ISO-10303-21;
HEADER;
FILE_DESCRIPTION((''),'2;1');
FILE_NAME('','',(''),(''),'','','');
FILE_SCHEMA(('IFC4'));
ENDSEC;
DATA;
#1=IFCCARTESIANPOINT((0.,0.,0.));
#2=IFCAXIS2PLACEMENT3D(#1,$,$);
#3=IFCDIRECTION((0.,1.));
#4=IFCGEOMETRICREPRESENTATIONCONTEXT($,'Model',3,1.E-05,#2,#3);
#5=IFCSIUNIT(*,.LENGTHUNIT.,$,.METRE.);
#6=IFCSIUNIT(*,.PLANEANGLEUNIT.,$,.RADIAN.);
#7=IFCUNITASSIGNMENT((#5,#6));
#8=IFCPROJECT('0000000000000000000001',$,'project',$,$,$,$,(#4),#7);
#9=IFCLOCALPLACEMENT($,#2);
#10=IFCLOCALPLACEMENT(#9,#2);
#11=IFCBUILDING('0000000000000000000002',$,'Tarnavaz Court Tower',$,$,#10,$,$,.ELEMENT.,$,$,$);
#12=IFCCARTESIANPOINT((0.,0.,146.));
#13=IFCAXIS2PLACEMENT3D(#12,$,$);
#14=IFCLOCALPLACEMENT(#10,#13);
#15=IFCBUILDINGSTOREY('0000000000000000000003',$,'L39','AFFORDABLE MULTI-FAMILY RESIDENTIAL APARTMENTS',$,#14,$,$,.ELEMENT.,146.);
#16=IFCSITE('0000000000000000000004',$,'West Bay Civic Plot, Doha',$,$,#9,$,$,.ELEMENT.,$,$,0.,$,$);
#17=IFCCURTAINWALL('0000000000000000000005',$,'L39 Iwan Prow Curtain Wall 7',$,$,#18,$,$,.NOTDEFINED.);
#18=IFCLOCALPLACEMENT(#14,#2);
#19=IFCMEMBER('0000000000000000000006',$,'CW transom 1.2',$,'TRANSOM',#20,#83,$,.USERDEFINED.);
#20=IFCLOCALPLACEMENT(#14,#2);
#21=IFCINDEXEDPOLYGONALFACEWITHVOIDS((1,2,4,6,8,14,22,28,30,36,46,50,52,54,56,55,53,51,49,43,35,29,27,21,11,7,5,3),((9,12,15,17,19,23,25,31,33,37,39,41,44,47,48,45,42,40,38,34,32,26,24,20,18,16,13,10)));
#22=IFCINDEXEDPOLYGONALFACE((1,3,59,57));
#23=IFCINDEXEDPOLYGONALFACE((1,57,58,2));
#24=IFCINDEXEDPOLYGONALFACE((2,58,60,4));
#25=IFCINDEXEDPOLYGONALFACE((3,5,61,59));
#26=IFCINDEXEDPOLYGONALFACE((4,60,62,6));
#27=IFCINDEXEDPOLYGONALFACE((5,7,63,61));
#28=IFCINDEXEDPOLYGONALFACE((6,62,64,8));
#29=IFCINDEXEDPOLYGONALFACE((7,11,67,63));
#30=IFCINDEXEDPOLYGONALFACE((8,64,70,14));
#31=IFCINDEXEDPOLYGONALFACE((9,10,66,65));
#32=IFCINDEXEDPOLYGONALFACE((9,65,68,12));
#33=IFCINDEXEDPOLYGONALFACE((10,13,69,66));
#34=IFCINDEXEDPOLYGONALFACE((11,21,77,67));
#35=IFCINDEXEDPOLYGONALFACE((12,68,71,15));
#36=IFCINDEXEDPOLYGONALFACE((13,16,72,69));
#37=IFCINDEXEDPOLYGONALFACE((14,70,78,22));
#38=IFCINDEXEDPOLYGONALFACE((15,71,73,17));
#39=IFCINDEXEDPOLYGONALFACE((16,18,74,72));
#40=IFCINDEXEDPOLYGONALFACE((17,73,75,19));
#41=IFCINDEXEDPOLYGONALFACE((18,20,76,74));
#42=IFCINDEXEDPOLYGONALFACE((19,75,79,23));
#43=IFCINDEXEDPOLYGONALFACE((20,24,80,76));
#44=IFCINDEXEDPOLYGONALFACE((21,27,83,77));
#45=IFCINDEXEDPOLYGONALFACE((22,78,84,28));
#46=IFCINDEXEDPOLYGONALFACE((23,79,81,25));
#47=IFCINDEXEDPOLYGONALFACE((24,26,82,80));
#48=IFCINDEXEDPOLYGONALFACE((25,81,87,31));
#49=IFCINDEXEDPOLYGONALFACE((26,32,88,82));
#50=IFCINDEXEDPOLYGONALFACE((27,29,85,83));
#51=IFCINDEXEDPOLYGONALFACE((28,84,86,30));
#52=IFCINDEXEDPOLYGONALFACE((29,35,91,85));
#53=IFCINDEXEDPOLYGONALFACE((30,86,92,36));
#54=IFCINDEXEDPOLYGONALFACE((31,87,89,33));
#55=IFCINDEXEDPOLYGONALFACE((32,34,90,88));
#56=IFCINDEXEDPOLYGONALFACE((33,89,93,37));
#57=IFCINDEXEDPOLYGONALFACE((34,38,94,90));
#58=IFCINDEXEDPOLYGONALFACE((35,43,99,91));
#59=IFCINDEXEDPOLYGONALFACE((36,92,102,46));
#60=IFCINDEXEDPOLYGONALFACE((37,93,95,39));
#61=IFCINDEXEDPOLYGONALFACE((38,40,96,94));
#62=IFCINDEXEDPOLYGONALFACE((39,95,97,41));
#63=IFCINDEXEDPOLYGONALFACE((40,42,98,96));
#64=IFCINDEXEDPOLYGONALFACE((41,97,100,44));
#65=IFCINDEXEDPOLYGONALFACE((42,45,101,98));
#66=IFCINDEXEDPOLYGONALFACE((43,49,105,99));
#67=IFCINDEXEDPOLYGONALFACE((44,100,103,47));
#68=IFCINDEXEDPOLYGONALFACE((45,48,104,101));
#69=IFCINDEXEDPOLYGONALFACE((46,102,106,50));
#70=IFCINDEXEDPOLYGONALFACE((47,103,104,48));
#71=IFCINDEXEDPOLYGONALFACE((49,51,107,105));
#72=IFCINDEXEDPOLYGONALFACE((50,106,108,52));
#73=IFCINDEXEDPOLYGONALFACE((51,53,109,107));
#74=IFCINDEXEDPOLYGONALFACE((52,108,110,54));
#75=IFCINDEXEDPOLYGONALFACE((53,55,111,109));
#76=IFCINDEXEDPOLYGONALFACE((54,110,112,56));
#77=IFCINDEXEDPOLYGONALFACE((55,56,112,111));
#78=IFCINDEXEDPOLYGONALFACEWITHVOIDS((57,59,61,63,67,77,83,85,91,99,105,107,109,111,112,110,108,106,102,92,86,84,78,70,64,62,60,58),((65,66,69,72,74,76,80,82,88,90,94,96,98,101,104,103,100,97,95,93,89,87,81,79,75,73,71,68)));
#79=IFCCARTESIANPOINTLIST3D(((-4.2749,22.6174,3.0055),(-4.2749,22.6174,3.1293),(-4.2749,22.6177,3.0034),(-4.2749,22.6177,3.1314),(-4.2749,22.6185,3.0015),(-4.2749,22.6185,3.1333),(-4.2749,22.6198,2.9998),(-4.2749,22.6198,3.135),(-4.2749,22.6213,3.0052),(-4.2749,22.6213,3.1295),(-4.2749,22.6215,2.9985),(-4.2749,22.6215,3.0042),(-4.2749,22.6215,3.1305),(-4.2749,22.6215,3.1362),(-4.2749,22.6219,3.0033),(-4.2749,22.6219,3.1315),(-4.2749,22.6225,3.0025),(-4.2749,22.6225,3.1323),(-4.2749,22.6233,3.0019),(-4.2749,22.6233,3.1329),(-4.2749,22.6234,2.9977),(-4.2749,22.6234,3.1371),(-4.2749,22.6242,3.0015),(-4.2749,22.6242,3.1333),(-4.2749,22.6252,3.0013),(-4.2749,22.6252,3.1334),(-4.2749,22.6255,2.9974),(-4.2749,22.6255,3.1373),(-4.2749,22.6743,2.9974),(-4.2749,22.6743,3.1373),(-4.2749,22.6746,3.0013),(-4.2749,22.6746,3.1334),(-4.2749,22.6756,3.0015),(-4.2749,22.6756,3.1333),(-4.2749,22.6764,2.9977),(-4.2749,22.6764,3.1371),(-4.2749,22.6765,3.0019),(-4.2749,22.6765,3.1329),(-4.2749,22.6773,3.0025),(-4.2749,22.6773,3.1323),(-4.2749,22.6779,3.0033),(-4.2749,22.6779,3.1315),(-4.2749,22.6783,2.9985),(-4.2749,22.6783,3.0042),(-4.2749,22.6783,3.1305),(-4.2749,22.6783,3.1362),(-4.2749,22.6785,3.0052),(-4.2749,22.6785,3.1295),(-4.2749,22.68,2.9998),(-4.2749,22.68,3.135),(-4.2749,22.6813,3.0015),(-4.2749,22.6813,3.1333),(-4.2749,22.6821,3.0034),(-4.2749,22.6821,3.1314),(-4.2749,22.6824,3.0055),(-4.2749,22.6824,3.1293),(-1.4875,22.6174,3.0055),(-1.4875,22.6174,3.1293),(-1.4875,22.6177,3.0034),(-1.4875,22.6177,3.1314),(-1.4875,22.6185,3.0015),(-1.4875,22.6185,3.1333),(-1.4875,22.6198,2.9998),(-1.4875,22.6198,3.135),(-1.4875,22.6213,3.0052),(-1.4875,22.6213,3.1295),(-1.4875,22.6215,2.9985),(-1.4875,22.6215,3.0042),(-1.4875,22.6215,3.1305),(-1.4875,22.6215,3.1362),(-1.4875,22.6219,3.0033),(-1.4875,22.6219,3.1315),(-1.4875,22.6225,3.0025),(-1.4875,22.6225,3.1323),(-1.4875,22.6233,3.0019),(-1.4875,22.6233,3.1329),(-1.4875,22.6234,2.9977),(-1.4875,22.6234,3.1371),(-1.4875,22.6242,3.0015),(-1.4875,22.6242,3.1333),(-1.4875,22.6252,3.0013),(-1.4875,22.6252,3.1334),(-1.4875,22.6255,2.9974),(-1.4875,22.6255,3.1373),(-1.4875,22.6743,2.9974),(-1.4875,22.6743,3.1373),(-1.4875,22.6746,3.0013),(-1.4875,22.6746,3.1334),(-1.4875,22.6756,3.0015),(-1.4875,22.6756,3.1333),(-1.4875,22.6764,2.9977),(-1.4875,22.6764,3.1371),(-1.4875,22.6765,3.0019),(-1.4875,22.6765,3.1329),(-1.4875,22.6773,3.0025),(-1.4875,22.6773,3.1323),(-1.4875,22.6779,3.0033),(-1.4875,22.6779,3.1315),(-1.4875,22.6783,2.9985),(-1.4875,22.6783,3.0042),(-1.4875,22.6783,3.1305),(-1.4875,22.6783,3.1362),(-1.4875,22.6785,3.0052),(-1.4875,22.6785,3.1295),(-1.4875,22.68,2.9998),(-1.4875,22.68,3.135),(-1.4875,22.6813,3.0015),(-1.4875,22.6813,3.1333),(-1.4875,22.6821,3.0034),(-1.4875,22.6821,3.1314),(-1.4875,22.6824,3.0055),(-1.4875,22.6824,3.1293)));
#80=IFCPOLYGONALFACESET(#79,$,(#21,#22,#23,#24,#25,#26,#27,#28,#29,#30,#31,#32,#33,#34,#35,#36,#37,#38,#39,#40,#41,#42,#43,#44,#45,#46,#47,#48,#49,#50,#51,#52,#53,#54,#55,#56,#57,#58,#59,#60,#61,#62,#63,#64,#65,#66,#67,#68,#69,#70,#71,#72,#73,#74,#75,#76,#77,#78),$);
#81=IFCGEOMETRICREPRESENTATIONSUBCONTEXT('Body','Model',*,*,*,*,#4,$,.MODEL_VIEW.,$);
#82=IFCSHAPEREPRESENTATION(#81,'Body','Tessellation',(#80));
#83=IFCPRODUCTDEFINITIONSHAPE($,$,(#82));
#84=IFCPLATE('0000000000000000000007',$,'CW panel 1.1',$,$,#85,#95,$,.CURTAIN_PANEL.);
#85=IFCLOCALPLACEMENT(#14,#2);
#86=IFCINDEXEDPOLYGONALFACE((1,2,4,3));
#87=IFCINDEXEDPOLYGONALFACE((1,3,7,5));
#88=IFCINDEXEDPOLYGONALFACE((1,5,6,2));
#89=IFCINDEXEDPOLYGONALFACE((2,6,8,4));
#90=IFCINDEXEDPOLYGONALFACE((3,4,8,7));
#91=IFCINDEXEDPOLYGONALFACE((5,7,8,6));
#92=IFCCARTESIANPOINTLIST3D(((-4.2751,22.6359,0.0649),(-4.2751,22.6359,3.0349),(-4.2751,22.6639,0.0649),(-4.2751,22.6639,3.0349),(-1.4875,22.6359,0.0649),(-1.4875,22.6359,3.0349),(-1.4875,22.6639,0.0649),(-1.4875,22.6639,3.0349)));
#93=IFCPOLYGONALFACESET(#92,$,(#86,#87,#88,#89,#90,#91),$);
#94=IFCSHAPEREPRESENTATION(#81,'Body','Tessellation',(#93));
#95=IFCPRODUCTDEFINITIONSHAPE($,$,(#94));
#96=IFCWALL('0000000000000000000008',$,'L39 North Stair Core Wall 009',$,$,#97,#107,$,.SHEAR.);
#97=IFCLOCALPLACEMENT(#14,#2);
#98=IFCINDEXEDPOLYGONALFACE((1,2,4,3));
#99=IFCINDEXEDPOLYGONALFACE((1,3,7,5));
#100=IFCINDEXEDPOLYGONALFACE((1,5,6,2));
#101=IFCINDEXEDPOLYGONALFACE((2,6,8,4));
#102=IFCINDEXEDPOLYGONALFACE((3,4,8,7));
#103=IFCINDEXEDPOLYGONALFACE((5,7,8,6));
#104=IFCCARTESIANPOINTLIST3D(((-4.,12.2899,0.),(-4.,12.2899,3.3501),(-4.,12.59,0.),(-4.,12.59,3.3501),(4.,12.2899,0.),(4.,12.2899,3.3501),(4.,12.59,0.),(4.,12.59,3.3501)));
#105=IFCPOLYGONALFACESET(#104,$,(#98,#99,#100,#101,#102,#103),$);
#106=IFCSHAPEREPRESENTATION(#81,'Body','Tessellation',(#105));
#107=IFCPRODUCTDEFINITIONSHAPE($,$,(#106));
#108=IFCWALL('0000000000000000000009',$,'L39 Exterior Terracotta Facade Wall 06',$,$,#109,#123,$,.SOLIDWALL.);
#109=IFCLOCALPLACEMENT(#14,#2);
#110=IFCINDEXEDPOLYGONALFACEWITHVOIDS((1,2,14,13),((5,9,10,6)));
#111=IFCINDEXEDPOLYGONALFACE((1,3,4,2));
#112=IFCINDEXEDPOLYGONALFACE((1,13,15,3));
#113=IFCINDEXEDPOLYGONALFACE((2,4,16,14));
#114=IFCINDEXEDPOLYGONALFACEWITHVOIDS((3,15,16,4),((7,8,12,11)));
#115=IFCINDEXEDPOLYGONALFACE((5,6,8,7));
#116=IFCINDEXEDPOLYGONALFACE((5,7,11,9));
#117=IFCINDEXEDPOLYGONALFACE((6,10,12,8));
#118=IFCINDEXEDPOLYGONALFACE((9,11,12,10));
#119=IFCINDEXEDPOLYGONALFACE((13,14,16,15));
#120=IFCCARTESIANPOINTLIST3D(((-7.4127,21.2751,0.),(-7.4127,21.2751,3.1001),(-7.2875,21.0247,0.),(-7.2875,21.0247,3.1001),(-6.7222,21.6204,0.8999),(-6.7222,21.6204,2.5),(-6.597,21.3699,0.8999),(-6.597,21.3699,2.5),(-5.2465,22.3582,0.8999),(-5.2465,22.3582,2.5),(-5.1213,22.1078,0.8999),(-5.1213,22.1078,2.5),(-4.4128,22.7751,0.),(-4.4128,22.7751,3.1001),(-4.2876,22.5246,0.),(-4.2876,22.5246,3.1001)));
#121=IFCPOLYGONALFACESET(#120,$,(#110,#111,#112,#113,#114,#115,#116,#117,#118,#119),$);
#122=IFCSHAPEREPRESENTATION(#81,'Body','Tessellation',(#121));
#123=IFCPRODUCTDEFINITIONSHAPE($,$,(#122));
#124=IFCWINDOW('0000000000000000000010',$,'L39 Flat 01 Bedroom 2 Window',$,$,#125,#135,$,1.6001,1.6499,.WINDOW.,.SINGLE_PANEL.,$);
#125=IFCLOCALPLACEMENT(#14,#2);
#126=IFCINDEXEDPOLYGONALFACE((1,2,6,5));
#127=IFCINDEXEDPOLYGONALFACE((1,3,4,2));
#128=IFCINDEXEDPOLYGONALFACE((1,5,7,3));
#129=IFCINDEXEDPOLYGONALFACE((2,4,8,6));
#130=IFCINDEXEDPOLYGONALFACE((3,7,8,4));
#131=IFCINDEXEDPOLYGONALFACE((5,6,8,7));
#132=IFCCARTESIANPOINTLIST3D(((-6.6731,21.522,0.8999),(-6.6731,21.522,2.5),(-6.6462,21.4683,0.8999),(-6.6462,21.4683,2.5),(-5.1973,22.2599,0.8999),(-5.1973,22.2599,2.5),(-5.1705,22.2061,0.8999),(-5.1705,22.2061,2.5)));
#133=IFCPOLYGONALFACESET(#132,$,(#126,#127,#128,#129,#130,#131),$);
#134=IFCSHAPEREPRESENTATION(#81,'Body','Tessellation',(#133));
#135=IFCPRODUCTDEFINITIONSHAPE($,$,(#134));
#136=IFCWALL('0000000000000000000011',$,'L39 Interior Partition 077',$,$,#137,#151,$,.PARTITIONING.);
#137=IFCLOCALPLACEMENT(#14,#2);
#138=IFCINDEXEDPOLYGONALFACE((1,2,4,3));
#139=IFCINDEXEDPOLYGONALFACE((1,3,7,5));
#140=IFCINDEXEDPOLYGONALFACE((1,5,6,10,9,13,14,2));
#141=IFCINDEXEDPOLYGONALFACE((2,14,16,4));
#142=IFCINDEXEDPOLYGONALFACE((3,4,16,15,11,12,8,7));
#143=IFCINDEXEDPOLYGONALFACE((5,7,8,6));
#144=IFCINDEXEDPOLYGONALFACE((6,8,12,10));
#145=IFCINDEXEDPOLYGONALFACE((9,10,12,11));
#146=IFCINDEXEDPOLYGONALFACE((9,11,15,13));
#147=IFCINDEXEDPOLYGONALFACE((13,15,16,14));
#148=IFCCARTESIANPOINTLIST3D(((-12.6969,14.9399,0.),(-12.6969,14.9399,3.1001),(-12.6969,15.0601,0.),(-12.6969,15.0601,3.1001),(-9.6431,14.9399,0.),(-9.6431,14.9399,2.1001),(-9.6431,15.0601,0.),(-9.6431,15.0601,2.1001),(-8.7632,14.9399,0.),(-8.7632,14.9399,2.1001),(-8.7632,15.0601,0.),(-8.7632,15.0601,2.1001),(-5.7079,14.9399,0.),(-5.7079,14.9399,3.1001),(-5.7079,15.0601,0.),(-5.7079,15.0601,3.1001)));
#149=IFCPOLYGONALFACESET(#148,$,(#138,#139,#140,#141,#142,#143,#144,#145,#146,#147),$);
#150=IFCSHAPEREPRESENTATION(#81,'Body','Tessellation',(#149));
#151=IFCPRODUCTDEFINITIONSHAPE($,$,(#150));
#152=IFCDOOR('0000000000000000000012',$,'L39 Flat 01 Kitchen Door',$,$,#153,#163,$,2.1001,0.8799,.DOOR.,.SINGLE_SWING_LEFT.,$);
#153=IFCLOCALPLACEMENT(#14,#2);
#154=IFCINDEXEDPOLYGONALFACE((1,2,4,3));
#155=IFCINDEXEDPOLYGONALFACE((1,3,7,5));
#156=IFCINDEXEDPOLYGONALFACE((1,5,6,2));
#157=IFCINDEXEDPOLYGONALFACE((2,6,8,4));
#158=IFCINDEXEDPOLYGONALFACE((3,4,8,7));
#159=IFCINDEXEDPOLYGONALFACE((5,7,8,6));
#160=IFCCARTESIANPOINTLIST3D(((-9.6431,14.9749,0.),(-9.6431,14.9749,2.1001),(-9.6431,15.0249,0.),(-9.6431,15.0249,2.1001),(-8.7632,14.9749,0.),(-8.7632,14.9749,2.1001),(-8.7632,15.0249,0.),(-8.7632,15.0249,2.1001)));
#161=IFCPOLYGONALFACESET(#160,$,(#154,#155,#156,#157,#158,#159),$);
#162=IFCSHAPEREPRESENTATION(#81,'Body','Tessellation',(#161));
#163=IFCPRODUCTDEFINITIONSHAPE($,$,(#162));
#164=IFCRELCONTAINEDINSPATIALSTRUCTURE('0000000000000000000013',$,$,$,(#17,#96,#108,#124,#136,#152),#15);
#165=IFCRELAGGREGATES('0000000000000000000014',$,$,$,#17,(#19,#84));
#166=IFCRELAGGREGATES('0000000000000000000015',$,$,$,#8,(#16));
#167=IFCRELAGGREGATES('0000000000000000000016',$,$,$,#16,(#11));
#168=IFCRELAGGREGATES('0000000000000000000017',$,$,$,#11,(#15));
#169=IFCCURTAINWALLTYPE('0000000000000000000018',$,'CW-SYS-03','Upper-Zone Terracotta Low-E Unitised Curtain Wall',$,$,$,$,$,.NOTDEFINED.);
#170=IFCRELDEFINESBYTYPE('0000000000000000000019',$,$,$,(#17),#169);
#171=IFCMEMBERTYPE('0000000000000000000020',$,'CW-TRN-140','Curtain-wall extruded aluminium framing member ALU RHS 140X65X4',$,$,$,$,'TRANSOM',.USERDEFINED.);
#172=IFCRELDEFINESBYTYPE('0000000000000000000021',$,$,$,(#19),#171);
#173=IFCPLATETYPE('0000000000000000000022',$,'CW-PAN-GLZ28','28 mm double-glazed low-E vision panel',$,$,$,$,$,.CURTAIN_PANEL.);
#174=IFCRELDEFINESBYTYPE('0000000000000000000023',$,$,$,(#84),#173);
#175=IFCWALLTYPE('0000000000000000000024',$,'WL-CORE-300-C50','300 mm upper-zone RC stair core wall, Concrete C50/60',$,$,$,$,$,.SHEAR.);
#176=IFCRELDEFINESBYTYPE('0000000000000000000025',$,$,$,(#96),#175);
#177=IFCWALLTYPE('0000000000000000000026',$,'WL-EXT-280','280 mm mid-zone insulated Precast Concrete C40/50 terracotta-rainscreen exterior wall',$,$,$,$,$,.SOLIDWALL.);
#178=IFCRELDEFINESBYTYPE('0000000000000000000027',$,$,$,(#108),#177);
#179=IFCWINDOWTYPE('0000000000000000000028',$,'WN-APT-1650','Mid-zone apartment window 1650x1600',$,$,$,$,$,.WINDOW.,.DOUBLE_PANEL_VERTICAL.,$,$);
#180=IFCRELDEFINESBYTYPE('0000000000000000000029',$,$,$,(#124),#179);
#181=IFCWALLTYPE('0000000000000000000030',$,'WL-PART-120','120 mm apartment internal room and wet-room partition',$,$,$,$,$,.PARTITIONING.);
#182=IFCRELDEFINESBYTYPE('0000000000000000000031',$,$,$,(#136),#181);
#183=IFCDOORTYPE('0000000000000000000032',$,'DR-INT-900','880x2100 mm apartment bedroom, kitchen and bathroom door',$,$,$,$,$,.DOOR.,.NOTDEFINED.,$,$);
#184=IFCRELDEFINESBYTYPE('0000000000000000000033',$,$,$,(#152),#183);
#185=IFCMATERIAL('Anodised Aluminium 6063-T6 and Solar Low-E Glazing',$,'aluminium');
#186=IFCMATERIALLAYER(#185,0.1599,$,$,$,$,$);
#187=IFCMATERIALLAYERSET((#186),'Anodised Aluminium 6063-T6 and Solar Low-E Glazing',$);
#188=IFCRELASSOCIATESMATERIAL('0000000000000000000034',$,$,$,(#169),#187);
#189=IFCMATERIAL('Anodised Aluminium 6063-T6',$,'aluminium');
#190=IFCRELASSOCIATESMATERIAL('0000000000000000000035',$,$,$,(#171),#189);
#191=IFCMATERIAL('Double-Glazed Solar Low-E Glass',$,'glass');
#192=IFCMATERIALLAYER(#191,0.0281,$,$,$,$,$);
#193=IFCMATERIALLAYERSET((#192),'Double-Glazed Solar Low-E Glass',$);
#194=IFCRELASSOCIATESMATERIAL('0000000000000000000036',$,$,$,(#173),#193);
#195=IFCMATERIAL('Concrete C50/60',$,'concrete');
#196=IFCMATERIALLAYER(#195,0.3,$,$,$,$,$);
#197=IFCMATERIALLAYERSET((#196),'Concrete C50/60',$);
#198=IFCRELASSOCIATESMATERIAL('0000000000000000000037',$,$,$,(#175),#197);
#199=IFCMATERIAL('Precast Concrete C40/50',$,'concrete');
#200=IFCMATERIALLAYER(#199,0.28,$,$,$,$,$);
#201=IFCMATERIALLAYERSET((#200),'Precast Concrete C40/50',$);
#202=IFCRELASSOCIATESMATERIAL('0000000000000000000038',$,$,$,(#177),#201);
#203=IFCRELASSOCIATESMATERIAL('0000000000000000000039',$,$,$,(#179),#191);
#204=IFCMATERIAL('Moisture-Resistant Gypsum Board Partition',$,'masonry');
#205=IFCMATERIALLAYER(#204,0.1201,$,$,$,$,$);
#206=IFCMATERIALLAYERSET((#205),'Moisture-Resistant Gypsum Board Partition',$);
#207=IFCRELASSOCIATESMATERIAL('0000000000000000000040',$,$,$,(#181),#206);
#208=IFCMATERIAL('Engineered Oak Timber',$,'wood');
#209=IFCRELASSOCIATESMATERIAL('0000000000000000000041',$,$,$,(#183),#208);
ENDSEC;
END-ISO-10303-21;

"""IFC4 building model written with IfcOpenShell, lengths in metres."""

from ifc_helpers import new_model, si_unit, direction, frame, frame_2d, origin, origin_2d, place, context, subcontext, project, spatial, rectangle, hollow_rectangle, extrude, material, layer, layer_set, material_profile, profile_set, type_object, element, fill, aggregate, save


model = new_model("IFC4")

# Units and contexts
model_context = context("Model", 3, precision=1e-05, world=origin(), true_north=direction((0.0, 1.0)))
body_context = subcontext(model_context, "Body", "Model", "MODEL_VIEW")
ifc_project = project(units=[si_unit("LENGTHUNIT", "METRE"), si_unit("PLANEANGLEUNIT", "RADIAN")], contexts=[model_context])

# Site, building, storey
site_placement = place(None, origin())
site = spatial("IfcSite", under=ifc_project, at=site_placement, Name="West Bay Civic Plot, Doha", CompositionType="ELEMENT", RefElevation=0.0)
building_placement = place(site_placement, origin())
building = spatial("IfcBuilding", under=site, at=building_placement, Name="Tarnavaz Court Tower", CompositionType="ELEMENT")
storey_placement = place(building_placement, frame((0.0, 0.0, 146.0)))
storey = spatial("IfcBuildingStorey", under=building, at=storey_placement, Name="L39", Description="AFFORDABLE MULTI-FAMILY RESIDENTIAL APARTMENTS", CompositionType="ELEMENT", Elevation=146.0)

# Shared definitions
ifc_material_1 = material(Name="Concrete C50/60", Category="concrete")

# Curtain wall, member, plate
ifc_material_2 = material(Name="Anodised Aluminium 6063-T6 and Solar Low-E Glazing", Category="aluminium")
ifc_layer_1 = layer(ifc_material_2, 0.1599)
ifc_layer_set_1 = layer_set([ifc_layer_1], Name="Anodised Aluminium 6063-T6 and Solar Low-E Glazing")
curtain_wall_type = type_object("IfcCurtainWallType", Name="CW-SYS-03", Description="Upper-Zone Terracotta Low-E Unitised Curtain Wall", PredefinedType="NOTDEFINED", material=ifc_layer_set_1)
curtain_wall_placement = place(storey_placement, origin())
curtain_wall = element("IfcCurtainWall", 1, at=curtain_wall_placement, inside=storey, type_object=curtain_wall_type, Name="L39 Iwan Prow Curtain Wall 7", PredefinedType="NOTDEFINED")
ifc_material_3 = material(Name="Anodised Aluminium 6063-T6", Category="aluminium")
ifc_material_profile_1 = material_profile(ifc_material_3, hollow_rectangle(XDim=0.0649, YDim=0.1399, WallThickness=0.0039, InnerFilletRadius=0.0039, OuterFilletRadius=0.0081, at=origin_2d()), Name="ALU RHS 140X65X4")
ifc_profile_set_1 = profile_set([ifc_material_profile_1], Name="Anodised Aluminium 6063-T6")
member_type_1 = type_object("IfcMemberType", Name="CW-TRN-140", Description="Curtain-wall extruded aluminium framing member ALU RHS 140X65X4", ElementType="TRANSOM", PredefinedType="USERDEFINED", material=ifc_profile_set_1)
member_1_placement = place(storey_placement, frame((-4.2749, 22.6499, 3.0674), z_axis=(1.0, 0.0, 0.0), x_axis=(0.0, 1.0, 0.0)))
member_1 = element("IfcMember", 2, at=member_1_placement, type_object=member_type_1, Name="CW transom 1.2", ObjectType="TRANSOM", PredefinedType="USERDEFINED", context=body_context, shape_type="SweptSolid", body=[
    extrude(hollow_rectangle(XDim=0.0649, YDim=0.1399, WallThickness=0.0039, InnerFilletRadius=0.0039, OuterFilletRadius=0.0081, at=origin_2d()), origin(), (0.0, 0.0, 1.0), 2.7874),
])
ifc_material_4 = material(Name="Double-Glazed Solar Low-E Glass", Category="glass")
ifc_layer_2 = layer(ifc_material_4, 0.0281)
ifc_layer_set_2 = layer_set([ifc_layer_2], Name="Double-Glazed Solar Low-E Glass")
plate_type = type_object("IfcPlateType", Name="CW-PAN-GLZ28", Description="28 mm double-glazed low-E vision panel", PredefinedType="CURTAIN_PANEL", material=ifc_layer_set_2)
plate_placement = place(storey_placement, frame((-2.8813, 22.6499, 0.0649), z_axis=(0.0, 0.0, 1.0), x_axis=(1.0, 0.0, 0.0)))
plate = element("IfcPlate", 3, at=plate_placement, type_object=plate_type, Name="CW panel 1.1", PredefinedType="CURTAIN_PANEL", context=body_context, shape_type="SweptSolid", body=[
    extrude(rectangle(XDim=2.7876, YDim=0.0281, at=origin_2d()), origin(), (0.0, 0.0, 1.0), 2.97),
])
aggregate(curtain_wall, [member_1, plate])

# Wall
ifc_layer_3 = layer(ifc_material_1, 0.3)
ifc_layer_set_3 = layer_set([ifc_layer_3], Name="Concrete C50/60")
wall_type_1 = type_object("IfcWallType", Name="WL-CORE-300-C50", Description="300 mm upper-zone RC stair core wall, Concrete C50/60", PredefinedType="SHEAR", material=ifc_layer_set_3)
wall_1_placement = place(storey_placement, frame((-4.0, 12.4399, 0.0), z_axis=(0.0, 0.0, 1.0), x_axis=(1.0, 0.0, 0.0)))
element("IfcWall", 4, at=wall_1_placement, inside=storey, type_object=wall_type_1, Name="L39 North Stair Core Wall 009", PredefinedType="SHEAR", context=body_context, shape_type="SweptSolid", body=[
    extrude(rectangle(XDim=8.0, YDim=0.3, at=frame_2d((4.0, 0.0))), origin(), (0.0, 0.0, 1.0), 3.3501),
])

# Wall, opening, window
ifc_material_5 = material(Name="Precast Concrete C40/50", Category="concrete")
ifc_layer_4 = layer(ifc_material_5, 0.28)
ifc_layer_set_4 = layer_set([ifc_layer_4], Name="Precast Concrete C40/50")
wall_type_2 = type_object("IfcWallType", Name="WL-EXT-280", Description="280 mm mid-zone insulated Precast Concrete C40/50 terracotta-rainscreen exterior wall", PredefinedType="SOLIDWALL", material=ifc_layer_set_4)
wall_2_placement = place(storey_placement, frame((-7.3501, 21.1499, 0.0), z_axis=(0.0, 0.0, 1.0), x_axis=(0.894427, 0.447214, 0.0)))
wall_2 = element("IfcWall", 5, at=wall_2_placement, inside=storey, type_object=wall_type_2, Name="L39 Exterior Terracotta Facade Wall 06", PredefinedType="SOLIDWALL", context=body_context, shape_type="SweptSolid", body=[
    extrude(rectangle(XDim=3.354, YDim=0.28, at=frame_2d((1.677, 0.0))), origin(), (0.0, 0.0, 1.0), 3.1001),
])
opening_1_placement = place(wall_2_placement, frame((0.772, 0.0, 0.8999)))
opening_1 = element("IfcOpeningElement", 6, at=opening_1_placement, cuts=wall_2, PredefinedType="OPENING", context=body_context, shape_type="SweptSolid", body=[
    extrude(rectangle(XDim=1.6499, YDim=1.6001, at=frame_2d((0.825, 0.8))), frame((0.0, 0.1499, 0.0), z_axis=(0.0, -1.0, 0.0), x_axis=(1.0, 0.0, 0.0)), (0.0, 0.0, 1.0), 0.3),
])
window_type = type_object("IfcWindowType", Name="WN-APT-1650", Description="Mid-zone apartment window 1650x1600", PartitioningType="DOUBLE_PANEL_VERTICAL", PredefinedType="WINDOW", material=ifc_material_4)
window_placement = place(opening_1_placement, origin())
window = element("IfcWindow", 7, at=window_placement, inside=storey, type_object=window_type, Name="L39 Flat 01 Bedroom 2 Window", OverallHeight=1.6001, OverallWidth=1.6499, PartitioningType="SINGLE_PANEL", PredefinedType="WINDOW", context=body_context, shape_type="SweptSolid", body=[
    extrude(rectangle(XDim=1.6499, YDim=1.6001, at=frame_2d((0.825, 0.8))), frame((0.0, 0.03, 0.0), z_axis=(0.0, -1.0, 0.0), x_axis=(1.0, 0.0, 0.0)), (0.0, 0.0, 1.0), 0.0601),
])
fill(opening_1, window)

# Wall, opening, door
ifc_material_6 = material(Name="Moisture-Resistant Gypsum Board Partition", Category="masonry")
ifc_layer_5 = layer(ifc_material_6, 0.1201)
ifc_layer_set_5 = layer_set([ifc_layer_5], Name="Moisture-Resistant Gypsum Board Partition")
wall_type_3 = type_object("IfcWallType", Name="WL-PART-120", Description="120 mm apartment internal room and wet-room partition", PredefinedType="PARTITIONING", material=ifc_layer_set_5)
wall_3_placement = place(storey_placement, frame((-12.697, 15.0, 0.0), z_axis=(0.0, 0.0, 1.0), x_axis=(1.0, 0.0, 0.0)))
wall_3 = element("IfcWall", 8, at=wall_3_placement, inside=storey, type_object=wall_type_3, Name="L39 Interior Partition 077", PredefinedType="PARTITIONING", context=body_context, shape_type="SweptSolid", body=[
    extrude(rectangle(XDim=6.989, YDim=0.1201, at=frame_2d((3.4946, 0.0))), origin(), (0.0, 0.0, 1.0), 3.1001),
])
opening_2_placement = place(wall_3_placement, frame((3.054, 0.0, 0.0)))
opening_2 = element("IfcOpeningElement", 9, at=opening_2_placement, cuts=wall_3, PredefinedType="OPENING", context=body_context, shape_type="SweptSolid", body=[
    extrude(rectangle(XDim=0.8799, YDim=2.1001, at=frame_2d((0.4399, 1.05))), frame((0.0, 0.0701, 0.0), z_axis=(0.0, -1.0, 0.0), x_axis=(1.0, 0.0, 0.0)), (0.0, 0.0, 1.0), 0.1401),
])
ifc_material_7 = material(Name="Engineered Oak Timber", Category="wood")
door_type = type_object("IfcDoorType", Name="DR-INT-900", Description="880x2100 mm apartment bedroom, kitchen and bathroom door", OperationType="NOTDEFINED", PredefinedType="DOOR", material=ifc_material_7)
door_1_placement = place(opening_2_placement, origin())
door_1 = element("IfcDoor", 10, at=door_1_placement, inside=storey, type_object=door_type, Name="L39 Flat 01 Kitchen Door", OperationType="SINGLE_SWING_LEFT", OverallHeight=2.1001, OverallWidth=0.8799, PredefinedType="DOOR", context=body_context, shape_type="SweptSolid", body=[
    extrude(rectangle(XDim=0.8799, YDim=2.1001, at=frame_2d((0.4399, 1.05))), frame((0.0, 0.0249, 0.0), z_axis=(0.0, -1.0, 0.0), x_axis=(1.0, 0.0, 0.0)), (0.0, 0.0, 1.0), 0.05),
])
fill(opening_2, door_1)

save(model, "model.ifc")
